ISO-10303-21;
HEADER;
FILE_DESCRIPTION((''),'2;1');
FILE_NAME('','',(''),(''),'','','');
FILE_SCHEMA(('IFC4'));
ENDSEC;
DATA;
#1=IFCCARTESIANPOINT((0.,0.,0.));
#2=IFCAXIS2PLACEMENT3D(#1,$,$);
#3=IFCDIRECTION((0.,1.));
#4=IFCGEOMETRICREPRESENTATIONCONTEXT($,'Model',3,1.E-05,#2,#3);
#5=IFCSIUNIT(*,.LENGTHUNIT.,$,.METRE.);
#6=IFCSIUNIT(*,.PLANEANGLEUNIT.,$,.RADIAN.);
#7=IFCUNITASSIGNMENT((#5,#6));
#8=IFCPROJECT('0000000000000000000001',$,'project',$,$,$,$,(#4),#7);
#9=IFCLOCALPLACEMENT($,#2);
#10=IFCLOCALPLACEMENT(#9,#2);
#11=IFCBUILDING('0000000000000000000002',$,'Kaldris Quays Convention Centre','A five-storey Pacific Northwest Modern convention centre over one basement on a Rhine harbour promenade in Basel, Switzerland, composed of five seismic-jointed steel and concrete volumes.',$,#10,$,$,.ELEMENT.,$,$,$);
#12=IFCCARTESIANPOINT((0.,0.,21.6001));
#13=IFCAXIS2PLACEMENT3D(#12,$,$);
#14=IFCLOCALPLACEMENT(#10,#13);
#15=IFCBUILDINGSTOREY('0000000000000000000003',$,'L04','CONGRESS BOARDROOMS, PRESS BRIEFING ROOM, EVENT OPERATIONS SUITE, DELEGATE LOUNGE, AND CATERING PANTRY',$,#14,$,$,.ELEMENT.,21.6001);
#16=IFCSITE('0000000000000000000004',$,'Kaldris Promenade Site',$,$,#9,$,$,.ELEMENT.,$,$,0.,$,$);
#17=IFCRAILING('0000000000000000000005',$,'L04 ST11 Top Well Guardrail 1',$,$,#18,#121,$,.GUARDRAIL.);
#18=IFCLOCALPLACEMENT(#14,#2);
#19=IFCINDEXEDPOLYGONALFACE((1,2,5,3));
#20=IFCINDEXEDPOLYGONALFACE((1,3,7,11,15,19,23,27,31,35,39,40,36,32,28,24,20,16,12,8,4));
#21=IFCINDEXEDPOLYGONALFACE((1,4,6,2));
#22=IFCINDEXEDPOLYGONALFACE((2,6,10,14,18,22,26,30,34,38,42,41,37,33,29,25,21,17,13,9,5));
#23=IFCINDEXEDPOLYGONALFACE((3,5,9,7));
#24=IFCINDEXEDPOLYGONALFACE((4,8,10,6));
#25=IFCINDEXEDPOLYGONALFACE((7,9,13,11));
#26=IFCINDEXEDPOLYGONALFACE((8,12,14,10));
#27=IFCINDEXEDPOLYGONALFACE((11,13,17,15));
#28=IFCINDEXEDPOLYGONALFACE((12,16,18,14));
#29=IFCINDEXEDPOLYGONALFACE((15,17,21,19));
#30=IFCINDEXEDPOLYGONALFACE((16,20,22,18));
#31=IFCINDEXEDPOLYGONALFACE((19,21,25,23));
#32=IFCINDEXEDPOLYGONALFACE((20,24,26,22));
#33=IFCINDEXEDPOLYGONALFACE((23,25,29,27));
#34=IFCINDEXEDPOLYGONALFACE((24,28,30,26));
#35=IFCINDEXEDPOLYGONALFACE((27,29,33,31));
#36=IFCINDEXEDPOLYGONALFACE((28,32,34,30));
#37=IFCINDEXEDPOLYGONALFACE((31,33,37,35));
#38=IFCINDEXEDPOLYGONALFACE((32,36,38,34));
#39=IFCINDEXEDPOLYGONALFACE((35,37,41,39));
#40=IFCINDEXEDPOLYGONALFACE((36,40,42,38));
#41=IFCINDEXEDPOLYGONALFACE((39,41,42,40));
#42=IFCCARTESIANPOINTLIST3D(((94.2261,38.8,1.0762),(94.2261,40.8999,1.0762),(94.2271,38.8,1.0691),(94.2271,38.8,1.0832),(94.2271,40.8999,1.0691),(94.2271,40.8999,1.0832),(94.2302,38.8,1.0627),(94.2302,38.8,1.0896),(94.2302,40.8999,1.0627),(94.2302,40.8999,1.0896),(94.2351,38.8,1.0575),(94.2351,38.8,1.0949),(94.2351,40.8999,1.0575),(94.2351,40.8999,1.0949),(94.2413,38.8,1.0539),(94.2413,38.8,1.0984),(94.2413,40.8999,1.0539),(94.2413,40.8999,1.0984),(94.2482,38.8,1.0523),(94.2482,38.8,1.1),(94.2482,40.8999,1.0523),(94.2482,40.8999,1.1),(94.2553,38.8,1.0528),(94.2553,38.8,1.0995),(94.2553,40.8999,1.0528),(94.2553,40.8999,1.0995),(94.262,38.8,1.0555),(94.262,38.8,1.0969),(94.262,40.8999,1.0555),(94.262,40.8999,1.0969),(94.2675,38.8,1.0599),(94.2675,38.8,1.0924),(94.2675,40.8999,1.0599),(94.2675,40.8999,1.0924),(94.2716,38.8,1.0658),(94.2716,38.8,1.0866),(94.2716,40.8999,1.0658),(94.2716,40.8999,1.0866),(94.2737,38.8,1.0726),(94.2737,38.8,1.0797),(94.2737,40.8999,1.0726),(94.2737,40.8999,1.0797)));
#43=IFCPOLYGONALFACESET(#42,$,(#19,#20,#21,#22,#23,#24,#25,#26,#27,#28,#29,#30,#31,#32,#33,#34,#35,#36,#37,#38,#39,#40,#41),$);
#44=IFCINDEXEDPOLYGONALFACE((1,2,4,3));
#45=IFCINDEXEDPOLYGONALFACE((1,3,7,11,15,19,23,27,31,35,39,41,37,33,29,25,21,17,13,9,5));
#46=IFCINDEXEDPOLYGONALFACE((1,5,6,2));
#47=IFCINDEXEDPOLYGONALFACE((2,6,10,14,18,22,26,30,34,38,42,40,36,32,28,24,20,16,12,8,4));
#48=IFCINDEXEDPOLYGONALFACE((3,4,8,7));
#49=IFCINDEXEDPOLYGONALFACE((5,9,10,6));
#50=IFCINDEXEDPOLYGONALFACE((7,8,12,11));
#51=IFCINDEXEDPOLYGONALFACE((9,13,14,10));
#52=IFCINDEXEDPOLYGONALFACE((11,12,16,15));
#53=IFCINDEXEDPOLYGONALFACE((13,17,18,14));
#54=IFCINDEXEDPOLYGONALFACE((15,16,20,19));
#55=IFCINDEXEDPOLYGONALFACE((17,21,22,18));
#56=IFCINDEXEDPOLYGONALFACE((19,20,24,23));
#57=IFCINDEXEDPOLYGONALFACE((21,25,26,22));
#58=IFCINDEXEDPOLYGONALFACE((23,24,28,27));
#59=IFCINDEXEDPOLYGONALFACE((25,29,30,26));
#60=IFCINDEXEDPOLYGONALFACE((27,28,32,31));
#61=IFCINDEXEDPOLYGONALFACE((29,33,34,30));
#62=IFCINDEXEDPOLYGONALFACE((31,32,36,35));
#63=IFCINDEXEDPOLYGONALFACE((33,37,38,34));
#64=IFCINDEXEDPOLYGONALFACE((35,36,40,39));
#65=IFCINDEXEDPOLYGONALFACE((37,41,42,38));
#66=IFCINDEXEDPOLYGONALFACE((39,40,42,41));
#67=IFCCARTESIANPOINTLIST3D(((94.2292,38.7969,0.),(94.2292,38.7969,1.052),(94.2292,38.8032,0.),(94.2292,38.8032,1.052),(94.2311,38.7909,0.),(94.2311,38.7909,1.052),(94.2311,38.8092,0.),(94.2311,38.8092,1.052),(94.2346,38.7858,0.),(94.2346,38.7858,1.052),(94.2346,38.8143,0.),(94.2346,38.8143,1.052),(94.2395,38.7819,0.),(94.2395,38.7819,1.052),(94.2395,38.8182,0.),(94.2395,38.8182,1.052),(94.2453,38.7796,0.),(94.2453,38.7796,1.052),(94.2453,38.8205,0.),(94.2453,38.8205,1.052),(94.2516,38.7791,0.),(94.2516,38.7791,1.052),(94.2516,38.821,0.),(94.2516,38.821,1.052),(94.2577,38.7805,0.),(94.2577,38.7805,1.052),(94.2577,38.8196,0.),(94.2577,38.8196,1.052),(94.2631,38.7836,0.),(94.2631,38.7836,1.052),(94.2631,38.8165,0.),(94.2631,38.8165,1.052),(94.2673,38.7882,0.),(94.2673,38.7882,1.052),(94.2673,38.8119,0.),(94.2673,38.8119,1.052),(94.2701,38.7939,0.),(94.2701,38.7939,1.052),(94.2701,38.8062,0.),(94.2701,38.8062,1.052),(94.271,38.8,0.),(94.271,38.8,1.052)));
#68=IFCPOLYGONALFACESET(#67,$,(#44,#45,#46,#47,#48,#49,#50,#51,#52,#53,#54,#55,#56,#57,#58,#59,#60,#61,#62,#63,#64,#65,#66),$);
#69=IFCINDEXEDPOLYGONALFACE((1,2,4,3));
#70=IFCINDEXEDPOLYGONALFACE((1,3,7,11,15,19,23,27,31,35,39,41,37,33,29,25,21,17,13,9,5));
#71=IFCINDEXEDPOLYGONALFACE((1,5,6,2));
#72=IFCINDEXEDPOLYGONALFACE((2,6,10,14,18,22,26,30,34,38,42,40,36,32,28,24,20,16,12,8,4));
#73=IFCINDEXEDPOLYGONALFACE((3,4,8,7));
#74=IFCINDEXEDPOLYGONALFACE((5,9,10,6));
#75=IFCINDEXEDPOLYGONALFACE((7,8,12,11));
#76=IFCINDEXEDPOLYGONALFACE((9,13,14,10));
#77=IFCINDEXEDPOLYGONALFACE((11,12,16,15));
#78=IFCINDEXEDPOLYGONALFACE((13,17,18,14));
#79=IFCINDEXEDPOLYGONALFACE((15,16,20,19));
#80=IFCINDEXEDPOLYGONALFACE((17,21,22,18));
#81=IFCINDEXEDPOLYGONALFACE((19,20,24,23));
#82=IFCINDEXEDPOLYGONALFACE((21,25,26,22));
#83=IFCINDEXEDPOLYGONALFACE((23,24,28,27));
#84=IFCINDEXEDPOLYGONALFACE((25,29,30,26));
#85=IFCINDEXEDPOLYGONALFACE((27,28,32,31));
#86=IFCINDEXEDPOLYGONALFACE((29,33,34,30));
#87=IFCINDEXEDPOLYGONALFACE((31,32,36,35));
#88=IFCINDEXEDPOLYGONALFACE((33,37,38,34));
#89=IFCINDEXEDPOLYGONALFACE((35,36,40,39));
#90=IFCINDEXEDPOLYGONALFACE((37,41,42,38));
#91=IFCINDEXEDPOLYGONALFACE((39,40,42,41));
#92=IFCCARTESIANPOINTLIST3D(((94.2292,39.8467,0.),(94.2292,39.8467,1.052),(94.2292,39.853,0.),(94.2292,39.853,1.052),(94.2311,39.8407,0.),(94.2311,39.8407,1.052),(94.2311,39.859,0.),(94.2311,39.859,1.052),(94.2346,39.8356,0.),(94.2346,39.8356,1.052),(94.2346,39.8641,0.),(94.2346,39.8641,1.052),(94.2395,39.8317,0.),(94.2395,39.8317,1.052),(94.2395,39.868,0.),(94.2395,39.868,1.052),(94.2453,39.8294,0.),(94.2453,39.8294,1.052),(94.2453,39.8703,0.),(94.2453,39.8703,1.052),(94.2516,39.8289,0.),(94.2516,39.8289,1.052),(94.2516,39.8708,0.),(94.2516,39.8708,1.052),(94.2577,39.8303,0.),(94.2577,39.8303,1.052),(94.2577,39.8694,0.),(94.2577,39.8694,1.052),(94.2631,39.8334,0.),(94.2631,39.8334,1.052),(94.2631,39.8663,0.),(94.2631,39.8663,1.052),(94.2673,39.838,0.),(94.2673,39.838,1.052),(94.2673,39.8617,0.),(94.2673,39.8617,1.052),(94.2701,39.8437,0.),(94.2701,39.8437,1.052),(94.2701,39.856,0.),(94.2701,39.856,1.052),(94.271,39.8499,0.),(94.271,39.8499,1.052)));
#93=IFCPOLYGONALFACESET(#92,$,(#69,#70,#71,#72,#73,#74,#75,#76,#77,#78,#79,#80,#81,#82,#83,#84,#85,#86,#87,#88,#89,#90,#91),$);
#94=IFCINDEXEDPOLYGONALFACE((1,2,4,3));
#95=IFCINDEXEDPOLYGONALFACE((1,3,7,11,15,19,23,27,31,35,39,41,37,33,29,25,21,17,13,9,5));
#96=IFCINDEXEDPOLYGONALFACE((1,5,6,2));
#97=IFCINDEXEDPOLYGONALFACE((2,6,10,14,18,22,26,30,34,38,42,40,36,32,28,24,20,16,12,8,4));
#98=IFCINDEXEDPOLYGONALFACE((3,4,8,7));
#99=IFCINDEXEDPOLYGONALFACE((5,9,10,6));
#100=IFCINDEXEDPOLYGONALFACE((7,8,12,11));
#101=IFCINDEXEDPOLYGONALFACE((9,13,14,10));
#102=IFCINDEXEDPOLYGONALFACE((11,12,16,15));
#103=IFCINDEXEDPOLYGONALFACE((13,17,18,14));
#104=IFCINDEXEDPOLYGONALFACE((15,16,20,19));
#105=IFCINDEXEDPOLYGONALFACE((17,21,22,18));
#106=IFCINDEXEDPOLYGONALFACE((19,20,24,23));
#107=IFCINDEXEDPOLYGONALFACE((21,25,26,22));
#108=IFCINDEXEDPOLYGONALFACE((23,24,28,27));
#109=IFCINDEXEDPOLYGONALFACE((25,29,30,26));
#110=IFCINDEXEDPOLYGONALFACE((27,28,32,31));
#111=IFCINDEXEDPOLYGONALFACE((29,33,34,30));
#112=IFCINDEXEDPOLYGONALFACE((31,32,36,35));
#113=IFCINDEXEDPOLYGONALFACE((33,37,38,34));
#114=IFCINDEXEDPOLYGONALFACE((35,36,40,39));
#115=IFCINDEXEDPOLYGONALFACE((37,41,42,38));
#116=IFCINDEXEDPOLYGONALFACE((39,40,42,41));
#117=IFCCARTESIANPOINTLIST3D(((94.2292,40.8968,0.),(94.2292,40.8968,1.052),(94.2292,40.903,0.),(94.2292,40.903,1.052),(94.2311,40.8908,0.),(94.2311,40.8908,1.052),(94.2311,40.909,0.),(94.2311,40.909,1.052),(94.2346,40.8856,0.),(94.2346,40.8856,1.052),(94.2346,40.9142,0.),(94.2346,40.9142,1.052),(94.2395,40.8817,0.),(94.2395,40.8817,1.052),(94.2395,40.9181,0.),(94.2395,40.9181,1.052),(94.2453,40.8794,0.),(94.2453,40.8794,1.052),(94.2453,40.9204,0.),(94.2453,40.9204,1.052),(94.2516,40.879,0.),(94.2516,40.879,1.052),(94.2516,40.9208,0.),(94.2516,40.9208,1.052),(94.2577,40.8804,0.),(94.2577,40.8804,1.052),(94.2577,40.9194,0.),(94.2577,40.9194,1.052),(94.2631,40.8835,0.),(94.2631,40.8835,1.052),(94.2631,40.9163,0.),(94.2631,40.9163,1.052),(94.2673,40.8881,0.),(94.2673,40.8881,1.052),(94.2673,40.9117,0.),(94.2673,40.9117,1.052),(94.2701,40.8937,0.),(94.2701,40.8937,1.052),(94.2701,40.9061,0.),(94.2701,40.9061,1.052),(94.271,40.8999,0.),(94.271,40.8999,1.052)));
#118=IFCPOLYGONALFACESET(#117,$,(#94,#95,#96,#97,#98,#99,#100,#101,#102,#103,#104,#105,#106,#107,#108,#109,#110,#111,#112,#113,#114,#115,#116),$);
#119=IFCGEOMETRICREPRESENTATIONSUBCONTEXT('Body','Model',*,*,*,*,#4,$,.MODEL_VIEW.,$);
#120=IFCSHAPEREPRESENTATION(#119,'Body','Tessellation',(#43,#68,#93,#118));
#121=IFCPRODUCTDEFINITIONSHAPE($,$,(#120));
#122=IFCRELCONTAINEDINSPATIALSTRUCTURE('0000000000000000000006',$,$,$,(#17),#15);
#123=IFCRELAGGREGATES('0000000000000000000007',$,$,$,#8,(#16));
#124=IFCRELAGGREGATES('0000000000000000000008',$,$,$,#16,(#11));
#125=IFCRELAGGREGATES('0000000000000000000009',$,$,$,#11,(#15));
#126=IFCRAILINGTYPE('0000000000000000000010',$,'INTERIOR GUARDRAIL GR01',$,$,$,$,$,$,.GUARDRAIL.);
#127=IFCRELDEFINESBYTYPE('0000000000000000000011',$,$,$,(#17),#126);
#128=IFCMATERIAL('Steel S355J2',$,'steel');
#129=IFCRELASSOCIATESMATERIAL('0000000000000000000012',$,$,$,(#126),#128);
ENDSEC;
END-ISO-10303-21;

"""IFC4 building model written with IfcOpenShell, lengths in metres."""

from ifc_helpers import new_model, si_unit, direction, frame, origin, origin_2d, place, context, subcontext, project, spatial, circle, extrude, material, type_object, element, save


model = new_model("IFC4")

# Units and contexts
model_context = context("Model", 3, precision=1e-05, world=origin(), true_north=direction((0.0, 1.0)))
body_context = subcontext(model_context, "Body", "Model", "MODEL_VIEW")
ifc_project = project(units=[si_unit("LENGTHUNIT", "METRE"), si_unit("PLANEANGLEUNIT", "RADIAN")], contexts=[model_context])

# Site, building, storey
site_placement = place(None, origin())
site = spatial("IfcSite", under=ifc_project, at=site_placement, Name="Kaldris Promenade Site", CompositionType="ELEMENT", RefElevation=0.0)
building_placement = place(site_placement, origin())
building = spatial("IfcBuilding", under=site, at=building_placement, Name="Kaldris Quays Convention Centre", Description="A five-storey Pacific Northwest Modern convention centre over one basement on a Rhine harbour promenade in Basel, Switzerland, composed of five seismic-jointed steel and concrete volumes.", CompositionType="ELEMENT")
storey_placement = place(building_placement, frame((0.0, 0.0, 21.6001)))
storey = spatial("IfcBuildingStorey", under=building, at=storey_placement, Name="L04", Description="CONGRESS BOARDROOMS, PRESS BRIEFING ROOM, EVENT OPERATIONS SUITE, DELEGATE LOUNGE, AND CATERING PANTRY", CompositionType="ELEMENT", Elevation=21.6001)

# Shared definitions
ifc_material_1 = material(Name="Steel S355J2", Category="steel")

# Railing
railing_type = type_object("IfcRailingType", Name="INTERIOR GUARDRAIL GR01", PredefinedType="GUARDRAIL", material=ifc_material_1)
railing_placement = place(storey_placement, frame((94.25, 38.8, 0.0)))
element("IfcRailing", 1, at=railing_placement, inside=storey, type_object=railing_type, Name="L04 ST11 Top Well Guardrail 1", PredefinedType="GUARDRAIL", context=body_context, shape_type="SweptSolid", body=[
    extrude(circle(Radius=0.0239, at=origin_2d()), frame((0.0, 0.0, 1.0762), z_axis=(0.0, 1.0, 0.0), x_axis=(-1.0, 0.0, 0.0)), (0.0, 0.0, 1.0), 2.0999),
    extrude(circle(Radius=0.021, at=origin_2d()), origin(), (0.0, 0.0, 1.0), 1.052),
    extrude(circle(Radius=0.021, at=origin_2d()), frame((0.0, 1.0498, 0.0)), (0.0, 0.0, 1.0), 1.052),
    extrude(circle(Radius=0.021, at=origin_2d()), frame((0.0, 2.0999, 0.0)), (0.0, 0.0, 1.0), 1.052),
])

save(model, "model.ifc")
